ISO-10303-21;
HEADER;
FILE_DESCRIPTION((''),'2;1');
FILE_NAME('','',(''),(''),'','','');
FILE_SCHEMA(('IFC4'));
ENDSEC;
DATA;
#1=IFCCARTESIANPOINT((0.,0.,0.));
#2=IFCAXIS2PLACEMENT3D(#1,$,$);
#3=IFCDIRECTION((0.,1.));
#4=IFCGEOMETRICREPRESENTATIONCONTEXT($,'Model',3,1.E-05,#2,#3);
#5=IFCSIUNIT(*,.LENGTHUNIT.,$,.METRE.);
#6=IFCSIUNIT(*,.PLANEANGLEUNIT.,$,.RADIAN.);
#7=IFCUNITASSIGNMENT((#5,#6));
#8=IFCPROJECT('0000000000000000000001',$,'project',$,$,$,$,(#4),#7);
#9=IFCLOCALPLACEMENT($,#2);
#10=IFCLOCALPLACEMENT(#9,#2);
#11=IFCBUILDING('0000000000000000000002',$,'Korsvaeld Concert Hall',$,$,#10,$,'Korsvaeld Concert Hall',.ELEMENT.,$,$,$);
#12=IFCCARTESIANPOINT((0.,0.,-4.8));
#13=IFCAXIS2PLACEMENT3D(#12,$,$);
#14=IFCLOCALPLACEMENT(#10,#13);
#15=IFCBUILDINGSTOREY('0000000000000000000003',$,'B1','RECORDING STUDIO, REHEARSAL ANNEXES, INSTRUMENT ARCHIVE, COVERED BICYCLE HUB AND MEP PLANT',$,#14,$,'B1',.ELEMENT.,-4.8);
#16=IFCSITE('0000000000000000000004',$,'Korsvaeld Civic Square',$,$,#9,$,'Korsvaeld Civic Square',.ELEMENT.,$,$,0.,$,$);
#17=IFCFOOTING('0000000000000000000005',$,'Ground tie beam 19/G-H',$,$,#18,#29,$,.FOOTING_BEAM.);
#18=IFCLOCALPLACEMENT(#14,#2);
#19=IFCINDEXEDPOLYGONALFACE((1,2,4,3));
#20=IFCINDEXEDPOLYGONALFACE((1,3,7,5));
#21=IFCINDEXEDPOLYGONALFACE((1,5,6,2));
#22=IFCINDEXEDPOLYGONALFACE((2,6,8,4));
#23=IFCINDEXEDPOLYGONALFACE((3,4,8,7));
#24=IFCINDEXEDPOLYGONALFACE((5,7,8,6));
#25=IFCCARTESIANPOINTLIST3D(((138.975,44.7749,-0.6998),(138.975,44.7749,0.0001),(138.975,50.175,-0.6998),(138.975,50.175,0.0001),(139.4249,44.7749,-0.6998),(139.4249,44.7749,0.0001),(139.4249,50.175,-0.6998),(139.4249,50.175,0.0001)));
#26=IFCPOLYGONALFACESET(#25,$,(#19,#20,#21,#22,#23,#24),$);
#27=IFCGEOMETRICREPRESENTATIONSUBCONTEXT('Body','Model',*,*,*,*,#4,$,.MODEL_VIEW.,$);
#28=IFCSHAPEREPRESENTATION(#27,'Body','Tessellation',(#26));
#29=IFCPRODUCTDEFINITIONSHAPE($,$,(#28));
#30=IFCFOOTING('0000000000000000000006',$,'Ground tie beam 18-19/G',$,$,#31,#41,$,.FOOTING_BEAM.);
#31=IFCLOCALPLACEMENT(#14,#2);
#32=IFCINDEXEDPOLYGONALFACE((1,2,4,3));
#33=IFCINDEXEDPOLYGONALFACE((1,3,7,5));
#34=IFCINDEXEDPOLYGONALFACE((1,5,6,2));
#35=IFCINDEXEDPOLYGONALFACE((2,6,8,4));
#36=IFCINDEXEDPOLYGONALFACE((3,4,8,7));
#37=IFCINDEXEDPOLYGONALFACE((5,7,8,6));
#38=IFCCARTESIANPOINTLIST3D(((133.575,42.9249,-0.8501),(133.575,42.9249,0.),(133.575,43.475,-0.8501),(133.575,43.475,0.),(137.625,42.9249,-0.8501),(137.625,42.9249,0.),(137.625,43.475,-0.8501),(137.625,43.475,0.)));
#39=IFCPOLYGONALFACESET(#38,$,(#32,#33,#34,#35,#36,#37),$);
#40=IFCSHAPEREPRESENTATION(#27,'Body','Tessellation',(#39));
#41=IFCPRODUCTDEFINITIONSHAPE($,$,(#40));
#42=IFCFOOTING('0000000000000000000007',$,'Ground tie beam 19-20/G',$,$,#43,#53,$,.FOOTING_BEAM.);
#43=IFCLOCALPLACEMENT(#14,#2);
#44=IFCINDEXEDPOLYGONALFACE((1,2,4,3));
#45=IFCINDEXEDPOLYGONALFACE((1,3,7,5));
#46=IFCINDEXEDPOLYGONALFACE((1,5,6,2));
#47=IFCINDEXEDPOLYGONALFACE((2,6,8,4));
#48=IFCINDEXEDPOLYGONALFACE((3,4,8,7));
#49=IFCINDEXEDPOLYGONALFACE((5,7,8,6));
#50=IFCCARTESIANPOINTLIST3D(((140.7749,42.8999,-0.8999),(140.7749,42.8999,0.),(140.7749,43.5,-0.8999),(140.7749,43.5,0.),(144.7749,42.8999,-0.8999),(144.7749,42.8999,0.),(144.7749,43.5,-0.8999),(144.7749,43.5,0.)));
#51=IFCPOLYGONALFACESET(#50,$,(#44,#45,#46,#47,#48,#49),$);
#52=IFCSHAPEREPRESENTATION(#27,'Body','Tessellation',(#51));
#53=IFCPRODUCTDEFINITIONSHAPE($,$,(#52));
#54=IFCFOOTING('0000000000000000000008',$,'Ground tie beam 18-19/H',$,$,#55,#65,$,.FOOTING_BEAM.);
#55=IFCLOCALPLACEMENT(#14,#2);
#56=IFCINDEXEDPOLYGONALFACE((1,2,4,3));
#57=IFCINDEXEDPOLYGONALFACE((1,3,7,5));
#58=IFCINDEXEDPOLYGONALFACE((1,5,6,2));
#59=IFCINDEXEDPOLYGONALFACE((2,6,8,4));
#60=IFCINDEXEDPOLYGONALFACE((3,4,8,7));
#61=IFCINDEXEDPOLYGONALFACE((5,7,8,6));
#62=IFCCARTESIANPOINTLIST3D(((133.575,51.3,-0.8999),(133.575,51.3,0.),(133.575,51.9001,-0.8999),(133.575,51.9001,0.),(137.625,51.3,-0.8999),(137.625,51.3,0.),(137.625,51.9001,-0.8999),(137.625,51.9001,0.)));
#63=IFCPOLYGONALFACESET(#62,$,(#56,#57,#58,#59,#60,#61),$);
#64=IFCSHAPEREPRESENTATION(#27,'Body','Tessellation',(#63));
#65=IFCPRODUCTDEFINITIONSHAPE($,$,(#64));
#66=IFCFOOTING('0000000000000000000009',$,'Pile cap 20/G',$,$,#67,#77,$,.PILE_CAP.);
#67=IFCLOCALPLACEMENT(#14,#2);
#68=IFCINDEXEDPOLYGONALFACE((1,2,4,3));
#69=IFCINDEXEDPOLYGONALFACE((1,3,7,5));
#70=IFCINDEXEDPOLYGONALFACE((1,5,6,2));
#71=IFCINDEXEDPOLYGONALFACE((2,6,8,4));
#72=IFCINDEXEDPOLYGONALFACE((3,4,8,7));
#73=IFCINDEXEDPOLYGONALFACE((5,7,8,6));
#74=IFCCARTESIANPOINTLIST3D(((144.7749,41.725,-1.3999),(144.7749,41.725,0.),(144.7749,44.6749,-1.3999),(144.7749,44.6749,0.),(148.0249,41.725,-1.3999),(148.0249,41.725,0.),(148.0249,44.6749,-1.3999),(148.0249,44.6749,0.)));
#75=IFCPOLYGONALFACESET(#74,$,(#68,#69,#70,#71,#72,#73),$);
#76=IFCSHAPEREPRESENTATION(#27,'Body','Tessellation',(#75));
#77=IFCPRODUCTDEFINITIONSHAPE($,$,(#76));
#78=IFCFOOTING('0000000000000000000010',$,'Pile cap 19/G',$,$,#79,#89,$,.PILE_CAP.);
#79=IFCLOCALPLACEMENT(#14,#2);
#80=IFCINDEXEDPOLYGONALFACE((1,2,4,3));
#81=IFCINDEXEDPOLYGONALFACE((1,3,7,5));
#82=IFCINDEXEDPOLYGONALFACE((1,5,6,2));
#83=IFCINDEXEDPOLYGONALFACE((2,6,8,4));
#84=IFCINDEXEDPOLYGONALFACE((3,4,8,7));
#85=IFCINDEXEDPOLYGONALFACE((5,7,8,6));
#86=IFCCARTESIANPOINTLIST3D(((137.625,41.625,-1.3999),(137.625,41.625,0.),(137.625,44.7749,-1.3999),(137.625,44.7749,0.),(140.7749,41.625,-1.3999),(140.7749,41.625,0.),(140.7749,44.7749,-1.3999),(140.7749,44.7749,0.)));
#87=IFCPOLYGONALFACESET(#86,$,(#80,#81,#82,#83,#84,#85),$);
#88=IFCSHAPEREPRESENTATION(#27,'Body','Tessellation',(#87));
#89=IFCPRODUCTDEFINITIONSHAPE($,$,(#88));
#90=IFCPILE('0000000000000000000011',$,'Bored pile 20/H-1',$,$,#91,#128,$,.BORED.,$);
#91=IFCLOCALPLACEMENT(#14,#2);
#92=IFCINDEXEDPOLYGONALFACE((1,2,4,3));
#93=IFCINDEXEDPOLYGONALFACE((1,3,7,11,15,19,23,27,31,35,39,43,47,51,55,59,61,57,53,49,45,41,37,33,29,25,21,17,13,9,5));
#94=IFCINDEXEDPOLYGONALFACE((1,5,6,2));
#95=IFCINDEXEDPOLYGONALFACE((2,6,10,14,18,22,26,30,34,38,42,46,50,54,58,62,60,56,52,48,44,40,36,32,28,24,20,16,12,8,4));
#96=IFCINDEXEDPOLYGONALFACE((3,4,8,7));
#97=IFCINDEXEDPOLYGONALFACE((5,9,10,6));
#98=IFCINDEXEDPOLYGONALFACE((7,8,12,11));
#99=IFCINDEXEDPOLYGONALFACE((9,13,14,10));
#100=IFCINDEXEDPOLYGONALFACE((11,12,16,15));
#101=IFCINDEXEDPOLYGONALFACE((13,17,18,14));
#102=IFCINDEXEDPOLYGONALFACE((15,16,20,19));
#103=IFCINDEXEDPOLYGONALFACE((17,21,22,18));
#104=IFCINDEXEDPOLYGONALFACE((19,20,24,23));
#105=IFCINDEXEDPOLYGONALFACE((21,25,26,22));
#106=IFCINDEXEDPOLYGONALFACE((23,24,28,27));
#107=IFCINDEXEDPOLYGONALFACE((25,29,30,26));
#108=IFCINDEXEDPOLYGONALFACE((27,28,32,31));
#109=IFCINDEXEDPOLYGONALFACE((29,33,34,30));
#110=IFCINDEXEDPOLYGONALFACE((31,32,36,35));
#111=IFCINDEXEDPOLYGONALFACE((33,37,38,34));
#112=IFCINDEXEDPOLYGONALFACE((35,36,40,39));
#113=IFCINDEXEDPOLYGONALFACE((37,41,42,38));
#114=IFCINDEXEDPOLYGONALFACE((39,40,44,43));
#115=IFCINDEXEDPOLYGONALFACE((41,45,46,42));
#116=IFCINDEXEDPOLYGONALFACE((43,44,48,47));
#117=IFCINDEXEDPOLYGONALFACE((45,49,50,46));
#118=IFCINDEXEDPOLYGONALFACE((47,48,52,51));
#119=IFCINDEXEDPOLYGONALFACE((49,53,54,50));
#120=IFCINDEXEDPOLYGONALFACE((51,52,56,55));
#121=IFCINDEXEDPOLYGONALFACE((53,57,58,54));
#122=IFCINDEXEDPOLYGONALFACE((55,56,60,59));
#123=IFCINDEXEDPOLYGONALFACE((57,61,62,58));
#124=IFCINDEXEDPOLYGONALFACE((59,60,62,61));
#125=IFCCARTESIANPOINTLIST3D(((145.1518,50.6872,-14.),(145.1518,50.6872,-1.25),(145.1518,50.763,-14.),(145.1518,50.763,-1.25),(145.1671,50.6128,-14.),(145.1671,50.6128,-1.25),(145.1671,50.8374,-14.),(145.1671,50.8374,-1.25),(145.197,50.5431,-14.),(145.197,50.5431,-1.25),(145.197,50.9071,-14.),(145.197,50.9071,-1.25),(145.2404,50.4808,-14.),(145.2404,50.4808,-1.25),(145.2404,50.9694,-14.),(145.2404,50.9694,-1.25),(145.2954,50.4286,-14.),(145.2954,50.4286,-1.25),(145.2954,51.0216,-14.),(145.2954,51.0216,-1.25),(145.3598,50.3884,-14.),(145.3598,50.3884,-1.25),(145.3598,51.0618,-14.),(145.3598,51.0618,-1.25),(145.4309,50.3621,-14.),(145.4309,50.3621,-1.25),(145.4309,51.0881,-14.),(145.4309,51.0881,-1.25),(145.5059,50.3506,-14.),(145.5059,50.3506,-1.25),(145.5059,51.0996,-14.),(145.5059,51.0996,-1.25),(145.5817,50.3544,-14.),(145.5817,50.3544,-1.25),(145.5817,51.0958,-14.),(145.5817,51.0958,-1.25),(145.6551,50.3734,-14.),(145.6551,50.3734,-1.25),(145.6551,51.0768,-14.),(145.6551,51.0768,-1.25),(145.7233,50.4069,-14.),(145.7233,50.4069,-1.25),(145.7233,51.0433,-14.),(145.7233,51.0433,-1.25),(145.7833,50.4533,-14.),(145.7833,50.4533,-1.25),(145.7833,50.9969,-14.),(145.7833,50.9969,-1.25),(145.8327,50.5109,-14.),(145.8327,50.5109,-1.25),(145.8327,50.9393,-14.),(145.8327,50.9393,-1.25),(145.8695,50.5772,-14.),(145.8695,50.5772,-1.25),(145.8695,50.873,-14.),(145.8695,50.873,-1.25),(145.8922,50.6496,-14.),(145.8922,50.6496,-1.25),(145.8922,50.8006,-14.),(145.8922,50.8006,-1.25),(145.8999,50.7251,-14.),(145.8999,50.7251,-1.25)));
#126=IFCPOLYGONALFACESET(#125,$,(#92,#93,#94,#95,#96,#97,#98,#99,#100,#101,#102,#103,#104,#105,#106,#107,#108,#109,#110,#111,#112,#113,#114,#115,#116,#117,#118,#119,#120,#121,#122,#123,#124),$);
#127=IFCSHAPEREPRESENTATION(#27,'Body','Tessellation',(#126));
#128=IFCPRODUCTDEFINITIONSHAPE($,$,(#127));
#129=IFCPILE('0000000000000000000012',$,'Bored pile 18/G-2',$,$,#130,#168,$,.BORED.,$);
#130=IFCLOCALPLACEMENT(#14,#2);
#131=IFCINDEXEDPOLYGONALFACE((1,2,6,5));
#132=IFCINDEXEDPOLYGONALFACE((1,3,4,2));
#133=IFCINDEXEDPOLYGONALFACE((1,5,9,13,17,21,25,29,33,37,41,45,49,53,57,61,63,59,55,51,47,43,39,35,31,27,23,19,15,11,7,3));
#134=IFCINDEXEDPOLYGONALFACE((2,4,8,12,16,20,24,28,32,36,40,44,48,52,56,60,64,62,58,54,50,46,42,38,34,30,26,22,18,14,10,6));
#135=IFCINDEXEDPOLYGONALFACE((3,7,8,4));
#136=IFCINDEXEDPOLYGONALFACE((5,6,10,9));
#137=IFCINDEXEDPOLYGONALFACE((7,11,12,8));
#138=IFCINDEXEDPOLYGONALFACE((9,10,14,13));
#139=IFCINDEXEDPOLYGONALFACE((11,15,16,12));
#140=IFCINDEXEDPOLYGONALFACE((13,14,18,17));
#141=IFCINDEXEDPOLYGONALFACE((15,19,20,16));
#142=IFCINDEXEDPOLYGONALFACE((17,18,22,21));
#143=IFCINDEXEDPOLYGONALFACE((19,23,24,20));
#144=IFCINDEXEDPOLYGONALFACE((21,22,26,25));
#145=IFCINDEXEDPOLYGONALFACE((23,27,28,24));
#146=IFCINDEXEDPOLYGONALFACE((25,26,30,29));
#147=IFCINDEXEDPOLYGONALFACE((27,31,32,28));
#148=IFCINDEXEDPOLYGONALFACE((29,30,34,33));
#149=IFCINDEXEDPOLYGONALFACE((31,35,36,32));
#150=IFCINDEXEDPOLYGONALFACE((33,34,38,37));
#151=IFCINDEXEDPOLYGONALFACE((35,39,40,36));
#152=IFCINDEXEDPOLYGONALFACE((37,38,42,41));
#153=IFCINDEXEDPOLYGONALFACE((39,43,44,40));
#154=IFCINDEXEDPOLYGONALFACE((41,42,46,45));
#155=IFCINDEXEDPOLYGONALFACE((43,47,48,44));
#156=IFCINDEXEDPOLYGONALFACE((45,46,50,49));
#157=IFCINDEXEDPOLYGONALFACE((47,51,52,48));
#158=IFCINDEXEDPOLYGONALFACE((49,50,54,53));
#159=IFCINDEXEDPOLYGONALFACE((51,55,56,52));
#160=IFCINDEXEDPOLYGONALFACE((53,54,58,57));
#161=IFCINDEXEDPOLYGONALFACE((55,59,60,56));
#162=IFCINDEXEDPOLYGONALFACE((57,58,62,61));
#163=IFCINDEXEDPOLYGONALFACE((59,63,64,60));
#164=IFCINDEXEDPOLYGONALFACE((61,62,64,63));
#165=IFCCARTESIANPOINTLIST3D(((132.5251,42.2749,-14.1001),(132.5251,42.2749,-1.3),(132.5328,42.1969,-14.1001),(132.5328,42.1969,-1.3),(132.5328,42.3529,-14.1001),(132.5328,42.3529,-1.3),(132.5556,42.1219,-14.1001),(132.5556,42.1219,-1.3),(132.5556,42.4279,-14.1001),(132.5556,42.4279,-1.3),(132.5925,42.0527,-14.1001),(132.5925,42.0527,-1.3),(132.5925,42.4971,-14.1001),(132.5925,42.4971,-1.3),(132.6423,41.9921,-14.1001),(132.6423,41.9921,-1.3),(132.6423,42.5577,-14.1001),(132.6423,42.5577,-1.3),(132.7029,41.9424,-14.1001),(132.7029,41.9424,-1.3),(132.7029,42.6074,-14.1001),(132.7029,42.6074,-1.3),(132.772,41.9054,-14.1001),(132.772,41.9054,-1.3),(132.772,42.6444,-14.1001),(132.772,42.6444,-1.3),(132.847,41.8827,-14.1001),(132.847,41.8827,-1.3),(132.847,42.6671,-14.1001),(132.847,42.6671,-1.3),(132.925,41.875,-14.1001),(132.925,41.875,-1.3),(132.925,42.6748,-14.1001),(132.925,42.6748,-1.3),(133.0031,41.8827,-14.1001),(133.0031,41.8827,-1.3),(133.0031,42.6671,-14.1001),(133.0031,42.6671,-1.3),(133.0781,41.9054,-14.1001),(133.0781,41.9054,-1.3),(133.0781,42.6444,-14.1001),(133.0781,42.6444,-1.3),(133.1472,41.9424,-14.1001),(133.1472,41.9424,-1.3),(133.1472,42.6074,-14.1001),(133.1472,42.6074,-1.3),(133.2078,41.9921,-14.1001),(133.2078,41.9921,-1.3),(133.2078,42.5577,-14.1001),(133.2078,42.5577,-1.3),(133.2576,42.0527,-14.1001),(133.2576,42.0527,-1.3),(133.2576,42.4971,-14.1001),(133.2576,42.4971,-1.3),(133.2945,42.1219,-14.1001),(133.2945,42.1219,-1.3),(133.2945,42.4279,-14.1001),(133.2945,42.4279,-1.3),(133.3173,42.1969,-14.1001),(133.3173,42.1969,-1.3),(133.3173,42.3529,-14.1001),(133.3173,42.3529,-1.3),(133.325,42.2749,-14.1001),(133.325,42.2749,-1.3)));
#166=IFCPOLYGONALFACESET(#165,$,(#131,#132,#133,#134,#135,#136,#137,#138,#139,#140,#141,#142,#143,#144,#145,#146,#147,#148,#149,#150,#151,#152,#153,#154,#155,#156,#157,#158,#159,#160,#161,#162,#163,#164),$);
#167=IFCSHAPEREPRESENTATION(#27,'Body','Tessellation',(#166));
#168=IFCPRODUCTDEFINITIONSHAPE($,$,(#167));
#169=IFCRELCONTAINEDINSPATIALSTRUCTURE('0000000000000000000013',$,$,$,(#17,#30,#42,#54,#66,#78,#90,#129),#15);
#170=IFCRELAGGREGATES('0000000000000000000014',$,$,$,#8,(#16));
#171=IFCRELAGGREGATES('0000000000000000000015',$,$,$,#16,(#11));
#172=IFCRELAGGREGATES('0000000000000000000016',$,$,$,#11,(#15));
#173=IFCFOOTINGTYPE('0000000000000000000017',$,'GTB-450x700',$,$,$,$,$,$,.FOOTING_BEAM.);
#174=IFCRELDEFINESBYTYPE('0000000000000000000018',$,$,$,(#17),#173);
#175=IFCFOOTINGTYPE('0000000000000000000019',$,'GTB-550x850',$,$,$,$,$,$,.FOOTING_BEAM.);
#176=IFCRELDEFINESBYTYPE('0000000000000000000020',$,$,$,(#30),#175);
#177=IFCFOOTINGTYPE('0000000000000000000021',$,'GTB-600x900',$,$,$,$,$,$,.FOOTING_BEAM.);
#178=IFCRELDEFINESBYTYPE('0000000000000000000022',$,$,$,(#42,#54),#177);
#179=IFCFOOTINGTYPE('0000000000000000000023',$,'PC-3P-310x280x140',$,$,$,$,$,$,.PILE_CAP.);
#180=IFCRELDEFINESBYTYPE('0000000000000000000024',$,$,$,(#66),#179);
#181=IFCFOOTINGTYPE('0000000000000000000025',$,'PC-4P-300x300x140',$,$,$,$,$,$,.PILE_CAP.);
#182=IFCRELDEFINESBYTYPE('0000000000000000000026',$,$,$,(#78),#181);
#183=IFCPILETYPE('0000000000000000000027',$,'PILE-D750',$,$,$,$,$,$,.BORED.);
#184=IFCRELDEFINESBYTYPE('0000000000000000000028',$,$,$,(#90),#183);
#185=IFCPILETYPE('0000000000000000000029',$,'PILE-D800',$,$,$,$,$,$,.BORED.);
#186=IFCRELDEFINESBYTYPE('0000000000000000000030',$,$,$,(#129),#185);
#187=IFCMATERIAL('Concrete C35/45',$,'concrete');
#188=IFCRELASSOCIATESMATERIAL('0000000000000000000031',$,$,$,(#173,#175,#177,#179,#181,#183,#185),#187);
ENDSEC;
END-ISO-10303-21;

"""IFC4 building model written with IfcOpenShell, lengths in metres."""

from ifc_helpers import new_model, si_unit, direction, frame, origin, origin_2d, place, context, subcontext, project, spatial, rectangle, circle, extrude, material, material_profile, profile_set, type_object, element, save


model = new_model("IFC4")

# Units and contexts
model_context = context("Model", 3, precision=1e-05, world=origin(), true_north=direction((0.0, 1.0)))
body_context = subcontext(model_context, "Body", "Model", "MODEL_VIEW")
ifc_project = project(units=[si_unit("LENGTHUNIT", "METRE"), si_unit("PLANEANGLEUNIT", "RADIAN")], contexts=[model_context])

# Site, building, storey
site_placement = place(None, origin())
site = spatial("IfcSite", under=ifc_project, at=site_placement, Name="Korsvaeld Civic Square", LongName="Korsvaeld Civic Square", CompositionType="ELEMENT", RefElevation=0.0)
building_placement = place(site_placement, origin())
building = spatial("IfcBuilding", under=site, at=building_placement, Name="Korsvaeld Concert Hall", LongName="Korsvaeld Concert Hall", CompositionType="ELEMENT")
storey_placement = place(building_placement, frame((0.0, 0.0, -4.8)))
storey = spatial("IfcBuildingStorey", under=building, at=storey_placement, Name="B1", Description="RECORDING STUDIO, REHEARSAL ANNEXES, INSTRUMENT ARCHIVE, COVERED BICYCLE HUB AND MEP PLANT", LongName="B1", CompositionType="ELEMENT", Elevation=-4.8)

# Footings
ifc_material_1 = material(Name="Concrete C35/45", Category="concrete")
ifc_material_profile_1 = material_profile(ifc_material_1, rectangle(XDim=0.45, YDim=0.7, at=origin_2d()), Name="GTB 450x700")
ifc_profile_set_1 = profile_set([ifc_material_profile_1], Name="Concrete C35/45")
footing_type_1 = type_object("IfcFootingType", Name="GTB-450x700", PredefinedType="FOOTING_BEAM", material=ifc_profile_set_1)
footing_1_placement = place(storey_placement, frame((139.2, 44.7749, -0.3499), z_axis=(0.0, 1.0, 0.0), x_axis=(-1.0, 0.0, 0.0)))
element("IfcFooting", 1, at=footing_1_placement, inside=storey, type_object=footing_type_1, Name="Ground tie beam 19/G-H", PredefinedType="FOOTING_BEAM", context=body_context, shape_type="SweptSolid", body=[
    extrude(rectangle(XDim=0.45, YDim=0.7, at=origin_2d()), origin(), (0.0, 0.0, 1.0), 5.4001),
])
ifc_material_profile_2 = material_profile(ifc_material_1, rectangle(XDim=0.55, YDim=0.8501, at=origin_2d()), Name="GTB 550x850")
ifc_profile_set_2 = profile_set([ifc_material_profile_2], Name="Concrete C35/45")
footing_type_2 = type_object("IfcFootingType", Name="GTB-550x850", PredefinedType="FOOTING_BEAM", material=ifc_profile_set_2)
footing_2_placement = place(storey_placement, frame((133.575, 43.2, -0.425), z_axis=(1.0, 0.0, 0.0), x_axis=(0.0, 1.0, 0.0)))
element("IfcFooting", 2, at=footing_2_placement, inside=storey, type_object=footing_type_2, Name="Ground tie beam 18-19/G", PredefinedType="FOOTING_BEAM", context=body_context, shape_type="SweptSolid", body=[
    extrude(rectangle(XDim=0.55, YDim=0.8501, at=origin_2d()), origin(), (0.0, 0.0, 1.0), 4.05),
])
ifc_material_profile_3 = material_profile(ifc_material_1, rectangle(XDim=0.6001, YDim=0.8999, at=origin_2d()), Name="GTB 600x900")
ifc_profile_set_3 = profile_set([ifc_material_profile_3], Name="Concrete C35/45")
footing_type_3 = type_object("IfcFootingType", Name="GTB-600x900", PredefinedType="FOOTING_BEAM", material=ifc_profile_set_3)
footing_3_placement = place(storey_placement, frame((140.7749, 43.2, -0.45), z_axis=(1.0, 0.0, 0.0), x_axis=(0.0, 1.0, 0.0)))
element("IfcFooting", 3, at=footing_3_placement, inside=storey, type_object=footing_type_3, Name="Ground tie beam 19-20/G", PredefinedType="FOOTING_BEAM", context=body_context, shape_type="SweptSolid", body=[
    extrude(rectangle(XDim=0.6001, YDim=0.8999, at=origin_2d()), origin(), (0.0, 0.0, 1.0), 4.0),
])
footing_4_placement = place(storey_placement, frame((133.575, 51.6001, -0.45), z_axis=(1.0, 0.0, 0.0), x_axis=(0.0, 1.0, 0.0)))
element("IfcFooting", 4, at=footing_4_placement, inside=storey, type_object=footing_type_3, Name="Ground tie beam 18-19/H", PredefinedType="FOOTING_BEAM", context=body_context, shape_type="SweptSolid", body=[
    extrude(rectangle(XDim=0.6001, YDim=0.8999, at=origin_2d()), origin(), (0.0, 0.0, 1.0), 4.05),
])
footing_type_4 = type_object("IfcFootingType", Name="PC-3P-310x280x140", PredefinedType="PILE_CAP", material=ifc_material_1)
footing_5_placement = place(storey_placement, frame((146.3999, 43.2, -1.3999), z_axis=(0.0, 0.0, 1.0), x_axis=(1.0, 0.0, 0.0)))
element("IfcFooting", 5, at=footing_5_placement, inside=storey, type_object=footing_type_4, Name="Pile cap 20/G", PredefinedType="PILE_CAP", context=body_context, shape_type="SweptSolid", body=[
    extrude(rectangle(XDim=3.25, YDim=2.95, at=origin_2d()), origin(), (0.0, 0.0, 1.0), 1.3999),
])
footing_type_5 = type_object("IfcFootingType", Name="PC-4P-300x300x140", PredefinedType="PILE_CAP", material=ifc_material_1)
footing_6_placement = place(storey_placement, frame((139.2, 43.2, -1.3999), z_axis=(0.0, 0.0, 1.0), x_axis=(1.0, 0.0, 0.0)))
element("IfcFooting", 6, at=footing_6_placement, inside=storey, type_object=footing_type_5, Name="Pile cap 19/G", PredefinedType="PILE_CAP", context=body_context, shape_type="SweptSolid", body=[
    extrude(rectangle(XDim=3.1499, YDim=3.1499, at=origin_2d()), origin(), (0.0, 0.0, 1.0), 1.3999),
])

# Piles
ifc_material_profile_4 = material_profile(ifc_material_1, circle(Radius=0.375, at=origin_2d()), Name="BORED PILE D750")
ifc_profile_set_4 = profile_set([ifc_material_profile_4], Name="Concrete C35/45")
pile_type_1 = type_object("IfcPileType", Name="PILE-D750", PredefinedType="BORED", material=ifc_profile_set_4)
pile_1_placement = place(storey_placement, frame((145.5249, 50.7251, -1.25), z_axis=(0.0, 0.0, -1.0), x_axis=(1.0, 0.0, 0.0)))
element("IfcPile", 7, at=pile_1_placement, inside=storey, type_object=pile_type_1, Name="Bored pile 20/H-1", PredefinedType="BORED", context=body_context, shape_type="SweptSolid", body=[
    extrude(circle(Radius=0.375, at=origin_2d()), origin(), (0.0, 0.0, 1.0), 12.75),
])
ifc_material_profile_5 = material_profile(ifc_material_1, circle(Radius=0.3999, at=origin_2d()), Name="BORED PILE D800")
ifc_profile_set_5 = profile_set([ifc_material_profile_5], Name="Concrete C35/45")
pile_type_2 = type_object("IfcPileType", Name="PILE-D800", PredefinedType="BORED", material=ifc_profile_set_5)
for number, where, z_axis, x_axis, name in (
    (8, (132.925, 42.2749, -1.3), (0.0, 0.0, -1.0), (1.0, 0.0, 0.0), "Bored pile 18/G-2"),
):
    element("IfcPile", number, at=place(storey_placement, frame(where, z_axis=z_axis, x_axis=x_axis)), inside=storey, type_object=pile_type_2, Name=name, PredefinedType="BORED", context=body_context, shape_type="SweptSolid", body=[
        extrude(circle(Radius=0.3999, at=origin_2d()), origin(), (0.0, 0.0, 1.0), 12.8),
    ])

save(model, "model.ifc")
